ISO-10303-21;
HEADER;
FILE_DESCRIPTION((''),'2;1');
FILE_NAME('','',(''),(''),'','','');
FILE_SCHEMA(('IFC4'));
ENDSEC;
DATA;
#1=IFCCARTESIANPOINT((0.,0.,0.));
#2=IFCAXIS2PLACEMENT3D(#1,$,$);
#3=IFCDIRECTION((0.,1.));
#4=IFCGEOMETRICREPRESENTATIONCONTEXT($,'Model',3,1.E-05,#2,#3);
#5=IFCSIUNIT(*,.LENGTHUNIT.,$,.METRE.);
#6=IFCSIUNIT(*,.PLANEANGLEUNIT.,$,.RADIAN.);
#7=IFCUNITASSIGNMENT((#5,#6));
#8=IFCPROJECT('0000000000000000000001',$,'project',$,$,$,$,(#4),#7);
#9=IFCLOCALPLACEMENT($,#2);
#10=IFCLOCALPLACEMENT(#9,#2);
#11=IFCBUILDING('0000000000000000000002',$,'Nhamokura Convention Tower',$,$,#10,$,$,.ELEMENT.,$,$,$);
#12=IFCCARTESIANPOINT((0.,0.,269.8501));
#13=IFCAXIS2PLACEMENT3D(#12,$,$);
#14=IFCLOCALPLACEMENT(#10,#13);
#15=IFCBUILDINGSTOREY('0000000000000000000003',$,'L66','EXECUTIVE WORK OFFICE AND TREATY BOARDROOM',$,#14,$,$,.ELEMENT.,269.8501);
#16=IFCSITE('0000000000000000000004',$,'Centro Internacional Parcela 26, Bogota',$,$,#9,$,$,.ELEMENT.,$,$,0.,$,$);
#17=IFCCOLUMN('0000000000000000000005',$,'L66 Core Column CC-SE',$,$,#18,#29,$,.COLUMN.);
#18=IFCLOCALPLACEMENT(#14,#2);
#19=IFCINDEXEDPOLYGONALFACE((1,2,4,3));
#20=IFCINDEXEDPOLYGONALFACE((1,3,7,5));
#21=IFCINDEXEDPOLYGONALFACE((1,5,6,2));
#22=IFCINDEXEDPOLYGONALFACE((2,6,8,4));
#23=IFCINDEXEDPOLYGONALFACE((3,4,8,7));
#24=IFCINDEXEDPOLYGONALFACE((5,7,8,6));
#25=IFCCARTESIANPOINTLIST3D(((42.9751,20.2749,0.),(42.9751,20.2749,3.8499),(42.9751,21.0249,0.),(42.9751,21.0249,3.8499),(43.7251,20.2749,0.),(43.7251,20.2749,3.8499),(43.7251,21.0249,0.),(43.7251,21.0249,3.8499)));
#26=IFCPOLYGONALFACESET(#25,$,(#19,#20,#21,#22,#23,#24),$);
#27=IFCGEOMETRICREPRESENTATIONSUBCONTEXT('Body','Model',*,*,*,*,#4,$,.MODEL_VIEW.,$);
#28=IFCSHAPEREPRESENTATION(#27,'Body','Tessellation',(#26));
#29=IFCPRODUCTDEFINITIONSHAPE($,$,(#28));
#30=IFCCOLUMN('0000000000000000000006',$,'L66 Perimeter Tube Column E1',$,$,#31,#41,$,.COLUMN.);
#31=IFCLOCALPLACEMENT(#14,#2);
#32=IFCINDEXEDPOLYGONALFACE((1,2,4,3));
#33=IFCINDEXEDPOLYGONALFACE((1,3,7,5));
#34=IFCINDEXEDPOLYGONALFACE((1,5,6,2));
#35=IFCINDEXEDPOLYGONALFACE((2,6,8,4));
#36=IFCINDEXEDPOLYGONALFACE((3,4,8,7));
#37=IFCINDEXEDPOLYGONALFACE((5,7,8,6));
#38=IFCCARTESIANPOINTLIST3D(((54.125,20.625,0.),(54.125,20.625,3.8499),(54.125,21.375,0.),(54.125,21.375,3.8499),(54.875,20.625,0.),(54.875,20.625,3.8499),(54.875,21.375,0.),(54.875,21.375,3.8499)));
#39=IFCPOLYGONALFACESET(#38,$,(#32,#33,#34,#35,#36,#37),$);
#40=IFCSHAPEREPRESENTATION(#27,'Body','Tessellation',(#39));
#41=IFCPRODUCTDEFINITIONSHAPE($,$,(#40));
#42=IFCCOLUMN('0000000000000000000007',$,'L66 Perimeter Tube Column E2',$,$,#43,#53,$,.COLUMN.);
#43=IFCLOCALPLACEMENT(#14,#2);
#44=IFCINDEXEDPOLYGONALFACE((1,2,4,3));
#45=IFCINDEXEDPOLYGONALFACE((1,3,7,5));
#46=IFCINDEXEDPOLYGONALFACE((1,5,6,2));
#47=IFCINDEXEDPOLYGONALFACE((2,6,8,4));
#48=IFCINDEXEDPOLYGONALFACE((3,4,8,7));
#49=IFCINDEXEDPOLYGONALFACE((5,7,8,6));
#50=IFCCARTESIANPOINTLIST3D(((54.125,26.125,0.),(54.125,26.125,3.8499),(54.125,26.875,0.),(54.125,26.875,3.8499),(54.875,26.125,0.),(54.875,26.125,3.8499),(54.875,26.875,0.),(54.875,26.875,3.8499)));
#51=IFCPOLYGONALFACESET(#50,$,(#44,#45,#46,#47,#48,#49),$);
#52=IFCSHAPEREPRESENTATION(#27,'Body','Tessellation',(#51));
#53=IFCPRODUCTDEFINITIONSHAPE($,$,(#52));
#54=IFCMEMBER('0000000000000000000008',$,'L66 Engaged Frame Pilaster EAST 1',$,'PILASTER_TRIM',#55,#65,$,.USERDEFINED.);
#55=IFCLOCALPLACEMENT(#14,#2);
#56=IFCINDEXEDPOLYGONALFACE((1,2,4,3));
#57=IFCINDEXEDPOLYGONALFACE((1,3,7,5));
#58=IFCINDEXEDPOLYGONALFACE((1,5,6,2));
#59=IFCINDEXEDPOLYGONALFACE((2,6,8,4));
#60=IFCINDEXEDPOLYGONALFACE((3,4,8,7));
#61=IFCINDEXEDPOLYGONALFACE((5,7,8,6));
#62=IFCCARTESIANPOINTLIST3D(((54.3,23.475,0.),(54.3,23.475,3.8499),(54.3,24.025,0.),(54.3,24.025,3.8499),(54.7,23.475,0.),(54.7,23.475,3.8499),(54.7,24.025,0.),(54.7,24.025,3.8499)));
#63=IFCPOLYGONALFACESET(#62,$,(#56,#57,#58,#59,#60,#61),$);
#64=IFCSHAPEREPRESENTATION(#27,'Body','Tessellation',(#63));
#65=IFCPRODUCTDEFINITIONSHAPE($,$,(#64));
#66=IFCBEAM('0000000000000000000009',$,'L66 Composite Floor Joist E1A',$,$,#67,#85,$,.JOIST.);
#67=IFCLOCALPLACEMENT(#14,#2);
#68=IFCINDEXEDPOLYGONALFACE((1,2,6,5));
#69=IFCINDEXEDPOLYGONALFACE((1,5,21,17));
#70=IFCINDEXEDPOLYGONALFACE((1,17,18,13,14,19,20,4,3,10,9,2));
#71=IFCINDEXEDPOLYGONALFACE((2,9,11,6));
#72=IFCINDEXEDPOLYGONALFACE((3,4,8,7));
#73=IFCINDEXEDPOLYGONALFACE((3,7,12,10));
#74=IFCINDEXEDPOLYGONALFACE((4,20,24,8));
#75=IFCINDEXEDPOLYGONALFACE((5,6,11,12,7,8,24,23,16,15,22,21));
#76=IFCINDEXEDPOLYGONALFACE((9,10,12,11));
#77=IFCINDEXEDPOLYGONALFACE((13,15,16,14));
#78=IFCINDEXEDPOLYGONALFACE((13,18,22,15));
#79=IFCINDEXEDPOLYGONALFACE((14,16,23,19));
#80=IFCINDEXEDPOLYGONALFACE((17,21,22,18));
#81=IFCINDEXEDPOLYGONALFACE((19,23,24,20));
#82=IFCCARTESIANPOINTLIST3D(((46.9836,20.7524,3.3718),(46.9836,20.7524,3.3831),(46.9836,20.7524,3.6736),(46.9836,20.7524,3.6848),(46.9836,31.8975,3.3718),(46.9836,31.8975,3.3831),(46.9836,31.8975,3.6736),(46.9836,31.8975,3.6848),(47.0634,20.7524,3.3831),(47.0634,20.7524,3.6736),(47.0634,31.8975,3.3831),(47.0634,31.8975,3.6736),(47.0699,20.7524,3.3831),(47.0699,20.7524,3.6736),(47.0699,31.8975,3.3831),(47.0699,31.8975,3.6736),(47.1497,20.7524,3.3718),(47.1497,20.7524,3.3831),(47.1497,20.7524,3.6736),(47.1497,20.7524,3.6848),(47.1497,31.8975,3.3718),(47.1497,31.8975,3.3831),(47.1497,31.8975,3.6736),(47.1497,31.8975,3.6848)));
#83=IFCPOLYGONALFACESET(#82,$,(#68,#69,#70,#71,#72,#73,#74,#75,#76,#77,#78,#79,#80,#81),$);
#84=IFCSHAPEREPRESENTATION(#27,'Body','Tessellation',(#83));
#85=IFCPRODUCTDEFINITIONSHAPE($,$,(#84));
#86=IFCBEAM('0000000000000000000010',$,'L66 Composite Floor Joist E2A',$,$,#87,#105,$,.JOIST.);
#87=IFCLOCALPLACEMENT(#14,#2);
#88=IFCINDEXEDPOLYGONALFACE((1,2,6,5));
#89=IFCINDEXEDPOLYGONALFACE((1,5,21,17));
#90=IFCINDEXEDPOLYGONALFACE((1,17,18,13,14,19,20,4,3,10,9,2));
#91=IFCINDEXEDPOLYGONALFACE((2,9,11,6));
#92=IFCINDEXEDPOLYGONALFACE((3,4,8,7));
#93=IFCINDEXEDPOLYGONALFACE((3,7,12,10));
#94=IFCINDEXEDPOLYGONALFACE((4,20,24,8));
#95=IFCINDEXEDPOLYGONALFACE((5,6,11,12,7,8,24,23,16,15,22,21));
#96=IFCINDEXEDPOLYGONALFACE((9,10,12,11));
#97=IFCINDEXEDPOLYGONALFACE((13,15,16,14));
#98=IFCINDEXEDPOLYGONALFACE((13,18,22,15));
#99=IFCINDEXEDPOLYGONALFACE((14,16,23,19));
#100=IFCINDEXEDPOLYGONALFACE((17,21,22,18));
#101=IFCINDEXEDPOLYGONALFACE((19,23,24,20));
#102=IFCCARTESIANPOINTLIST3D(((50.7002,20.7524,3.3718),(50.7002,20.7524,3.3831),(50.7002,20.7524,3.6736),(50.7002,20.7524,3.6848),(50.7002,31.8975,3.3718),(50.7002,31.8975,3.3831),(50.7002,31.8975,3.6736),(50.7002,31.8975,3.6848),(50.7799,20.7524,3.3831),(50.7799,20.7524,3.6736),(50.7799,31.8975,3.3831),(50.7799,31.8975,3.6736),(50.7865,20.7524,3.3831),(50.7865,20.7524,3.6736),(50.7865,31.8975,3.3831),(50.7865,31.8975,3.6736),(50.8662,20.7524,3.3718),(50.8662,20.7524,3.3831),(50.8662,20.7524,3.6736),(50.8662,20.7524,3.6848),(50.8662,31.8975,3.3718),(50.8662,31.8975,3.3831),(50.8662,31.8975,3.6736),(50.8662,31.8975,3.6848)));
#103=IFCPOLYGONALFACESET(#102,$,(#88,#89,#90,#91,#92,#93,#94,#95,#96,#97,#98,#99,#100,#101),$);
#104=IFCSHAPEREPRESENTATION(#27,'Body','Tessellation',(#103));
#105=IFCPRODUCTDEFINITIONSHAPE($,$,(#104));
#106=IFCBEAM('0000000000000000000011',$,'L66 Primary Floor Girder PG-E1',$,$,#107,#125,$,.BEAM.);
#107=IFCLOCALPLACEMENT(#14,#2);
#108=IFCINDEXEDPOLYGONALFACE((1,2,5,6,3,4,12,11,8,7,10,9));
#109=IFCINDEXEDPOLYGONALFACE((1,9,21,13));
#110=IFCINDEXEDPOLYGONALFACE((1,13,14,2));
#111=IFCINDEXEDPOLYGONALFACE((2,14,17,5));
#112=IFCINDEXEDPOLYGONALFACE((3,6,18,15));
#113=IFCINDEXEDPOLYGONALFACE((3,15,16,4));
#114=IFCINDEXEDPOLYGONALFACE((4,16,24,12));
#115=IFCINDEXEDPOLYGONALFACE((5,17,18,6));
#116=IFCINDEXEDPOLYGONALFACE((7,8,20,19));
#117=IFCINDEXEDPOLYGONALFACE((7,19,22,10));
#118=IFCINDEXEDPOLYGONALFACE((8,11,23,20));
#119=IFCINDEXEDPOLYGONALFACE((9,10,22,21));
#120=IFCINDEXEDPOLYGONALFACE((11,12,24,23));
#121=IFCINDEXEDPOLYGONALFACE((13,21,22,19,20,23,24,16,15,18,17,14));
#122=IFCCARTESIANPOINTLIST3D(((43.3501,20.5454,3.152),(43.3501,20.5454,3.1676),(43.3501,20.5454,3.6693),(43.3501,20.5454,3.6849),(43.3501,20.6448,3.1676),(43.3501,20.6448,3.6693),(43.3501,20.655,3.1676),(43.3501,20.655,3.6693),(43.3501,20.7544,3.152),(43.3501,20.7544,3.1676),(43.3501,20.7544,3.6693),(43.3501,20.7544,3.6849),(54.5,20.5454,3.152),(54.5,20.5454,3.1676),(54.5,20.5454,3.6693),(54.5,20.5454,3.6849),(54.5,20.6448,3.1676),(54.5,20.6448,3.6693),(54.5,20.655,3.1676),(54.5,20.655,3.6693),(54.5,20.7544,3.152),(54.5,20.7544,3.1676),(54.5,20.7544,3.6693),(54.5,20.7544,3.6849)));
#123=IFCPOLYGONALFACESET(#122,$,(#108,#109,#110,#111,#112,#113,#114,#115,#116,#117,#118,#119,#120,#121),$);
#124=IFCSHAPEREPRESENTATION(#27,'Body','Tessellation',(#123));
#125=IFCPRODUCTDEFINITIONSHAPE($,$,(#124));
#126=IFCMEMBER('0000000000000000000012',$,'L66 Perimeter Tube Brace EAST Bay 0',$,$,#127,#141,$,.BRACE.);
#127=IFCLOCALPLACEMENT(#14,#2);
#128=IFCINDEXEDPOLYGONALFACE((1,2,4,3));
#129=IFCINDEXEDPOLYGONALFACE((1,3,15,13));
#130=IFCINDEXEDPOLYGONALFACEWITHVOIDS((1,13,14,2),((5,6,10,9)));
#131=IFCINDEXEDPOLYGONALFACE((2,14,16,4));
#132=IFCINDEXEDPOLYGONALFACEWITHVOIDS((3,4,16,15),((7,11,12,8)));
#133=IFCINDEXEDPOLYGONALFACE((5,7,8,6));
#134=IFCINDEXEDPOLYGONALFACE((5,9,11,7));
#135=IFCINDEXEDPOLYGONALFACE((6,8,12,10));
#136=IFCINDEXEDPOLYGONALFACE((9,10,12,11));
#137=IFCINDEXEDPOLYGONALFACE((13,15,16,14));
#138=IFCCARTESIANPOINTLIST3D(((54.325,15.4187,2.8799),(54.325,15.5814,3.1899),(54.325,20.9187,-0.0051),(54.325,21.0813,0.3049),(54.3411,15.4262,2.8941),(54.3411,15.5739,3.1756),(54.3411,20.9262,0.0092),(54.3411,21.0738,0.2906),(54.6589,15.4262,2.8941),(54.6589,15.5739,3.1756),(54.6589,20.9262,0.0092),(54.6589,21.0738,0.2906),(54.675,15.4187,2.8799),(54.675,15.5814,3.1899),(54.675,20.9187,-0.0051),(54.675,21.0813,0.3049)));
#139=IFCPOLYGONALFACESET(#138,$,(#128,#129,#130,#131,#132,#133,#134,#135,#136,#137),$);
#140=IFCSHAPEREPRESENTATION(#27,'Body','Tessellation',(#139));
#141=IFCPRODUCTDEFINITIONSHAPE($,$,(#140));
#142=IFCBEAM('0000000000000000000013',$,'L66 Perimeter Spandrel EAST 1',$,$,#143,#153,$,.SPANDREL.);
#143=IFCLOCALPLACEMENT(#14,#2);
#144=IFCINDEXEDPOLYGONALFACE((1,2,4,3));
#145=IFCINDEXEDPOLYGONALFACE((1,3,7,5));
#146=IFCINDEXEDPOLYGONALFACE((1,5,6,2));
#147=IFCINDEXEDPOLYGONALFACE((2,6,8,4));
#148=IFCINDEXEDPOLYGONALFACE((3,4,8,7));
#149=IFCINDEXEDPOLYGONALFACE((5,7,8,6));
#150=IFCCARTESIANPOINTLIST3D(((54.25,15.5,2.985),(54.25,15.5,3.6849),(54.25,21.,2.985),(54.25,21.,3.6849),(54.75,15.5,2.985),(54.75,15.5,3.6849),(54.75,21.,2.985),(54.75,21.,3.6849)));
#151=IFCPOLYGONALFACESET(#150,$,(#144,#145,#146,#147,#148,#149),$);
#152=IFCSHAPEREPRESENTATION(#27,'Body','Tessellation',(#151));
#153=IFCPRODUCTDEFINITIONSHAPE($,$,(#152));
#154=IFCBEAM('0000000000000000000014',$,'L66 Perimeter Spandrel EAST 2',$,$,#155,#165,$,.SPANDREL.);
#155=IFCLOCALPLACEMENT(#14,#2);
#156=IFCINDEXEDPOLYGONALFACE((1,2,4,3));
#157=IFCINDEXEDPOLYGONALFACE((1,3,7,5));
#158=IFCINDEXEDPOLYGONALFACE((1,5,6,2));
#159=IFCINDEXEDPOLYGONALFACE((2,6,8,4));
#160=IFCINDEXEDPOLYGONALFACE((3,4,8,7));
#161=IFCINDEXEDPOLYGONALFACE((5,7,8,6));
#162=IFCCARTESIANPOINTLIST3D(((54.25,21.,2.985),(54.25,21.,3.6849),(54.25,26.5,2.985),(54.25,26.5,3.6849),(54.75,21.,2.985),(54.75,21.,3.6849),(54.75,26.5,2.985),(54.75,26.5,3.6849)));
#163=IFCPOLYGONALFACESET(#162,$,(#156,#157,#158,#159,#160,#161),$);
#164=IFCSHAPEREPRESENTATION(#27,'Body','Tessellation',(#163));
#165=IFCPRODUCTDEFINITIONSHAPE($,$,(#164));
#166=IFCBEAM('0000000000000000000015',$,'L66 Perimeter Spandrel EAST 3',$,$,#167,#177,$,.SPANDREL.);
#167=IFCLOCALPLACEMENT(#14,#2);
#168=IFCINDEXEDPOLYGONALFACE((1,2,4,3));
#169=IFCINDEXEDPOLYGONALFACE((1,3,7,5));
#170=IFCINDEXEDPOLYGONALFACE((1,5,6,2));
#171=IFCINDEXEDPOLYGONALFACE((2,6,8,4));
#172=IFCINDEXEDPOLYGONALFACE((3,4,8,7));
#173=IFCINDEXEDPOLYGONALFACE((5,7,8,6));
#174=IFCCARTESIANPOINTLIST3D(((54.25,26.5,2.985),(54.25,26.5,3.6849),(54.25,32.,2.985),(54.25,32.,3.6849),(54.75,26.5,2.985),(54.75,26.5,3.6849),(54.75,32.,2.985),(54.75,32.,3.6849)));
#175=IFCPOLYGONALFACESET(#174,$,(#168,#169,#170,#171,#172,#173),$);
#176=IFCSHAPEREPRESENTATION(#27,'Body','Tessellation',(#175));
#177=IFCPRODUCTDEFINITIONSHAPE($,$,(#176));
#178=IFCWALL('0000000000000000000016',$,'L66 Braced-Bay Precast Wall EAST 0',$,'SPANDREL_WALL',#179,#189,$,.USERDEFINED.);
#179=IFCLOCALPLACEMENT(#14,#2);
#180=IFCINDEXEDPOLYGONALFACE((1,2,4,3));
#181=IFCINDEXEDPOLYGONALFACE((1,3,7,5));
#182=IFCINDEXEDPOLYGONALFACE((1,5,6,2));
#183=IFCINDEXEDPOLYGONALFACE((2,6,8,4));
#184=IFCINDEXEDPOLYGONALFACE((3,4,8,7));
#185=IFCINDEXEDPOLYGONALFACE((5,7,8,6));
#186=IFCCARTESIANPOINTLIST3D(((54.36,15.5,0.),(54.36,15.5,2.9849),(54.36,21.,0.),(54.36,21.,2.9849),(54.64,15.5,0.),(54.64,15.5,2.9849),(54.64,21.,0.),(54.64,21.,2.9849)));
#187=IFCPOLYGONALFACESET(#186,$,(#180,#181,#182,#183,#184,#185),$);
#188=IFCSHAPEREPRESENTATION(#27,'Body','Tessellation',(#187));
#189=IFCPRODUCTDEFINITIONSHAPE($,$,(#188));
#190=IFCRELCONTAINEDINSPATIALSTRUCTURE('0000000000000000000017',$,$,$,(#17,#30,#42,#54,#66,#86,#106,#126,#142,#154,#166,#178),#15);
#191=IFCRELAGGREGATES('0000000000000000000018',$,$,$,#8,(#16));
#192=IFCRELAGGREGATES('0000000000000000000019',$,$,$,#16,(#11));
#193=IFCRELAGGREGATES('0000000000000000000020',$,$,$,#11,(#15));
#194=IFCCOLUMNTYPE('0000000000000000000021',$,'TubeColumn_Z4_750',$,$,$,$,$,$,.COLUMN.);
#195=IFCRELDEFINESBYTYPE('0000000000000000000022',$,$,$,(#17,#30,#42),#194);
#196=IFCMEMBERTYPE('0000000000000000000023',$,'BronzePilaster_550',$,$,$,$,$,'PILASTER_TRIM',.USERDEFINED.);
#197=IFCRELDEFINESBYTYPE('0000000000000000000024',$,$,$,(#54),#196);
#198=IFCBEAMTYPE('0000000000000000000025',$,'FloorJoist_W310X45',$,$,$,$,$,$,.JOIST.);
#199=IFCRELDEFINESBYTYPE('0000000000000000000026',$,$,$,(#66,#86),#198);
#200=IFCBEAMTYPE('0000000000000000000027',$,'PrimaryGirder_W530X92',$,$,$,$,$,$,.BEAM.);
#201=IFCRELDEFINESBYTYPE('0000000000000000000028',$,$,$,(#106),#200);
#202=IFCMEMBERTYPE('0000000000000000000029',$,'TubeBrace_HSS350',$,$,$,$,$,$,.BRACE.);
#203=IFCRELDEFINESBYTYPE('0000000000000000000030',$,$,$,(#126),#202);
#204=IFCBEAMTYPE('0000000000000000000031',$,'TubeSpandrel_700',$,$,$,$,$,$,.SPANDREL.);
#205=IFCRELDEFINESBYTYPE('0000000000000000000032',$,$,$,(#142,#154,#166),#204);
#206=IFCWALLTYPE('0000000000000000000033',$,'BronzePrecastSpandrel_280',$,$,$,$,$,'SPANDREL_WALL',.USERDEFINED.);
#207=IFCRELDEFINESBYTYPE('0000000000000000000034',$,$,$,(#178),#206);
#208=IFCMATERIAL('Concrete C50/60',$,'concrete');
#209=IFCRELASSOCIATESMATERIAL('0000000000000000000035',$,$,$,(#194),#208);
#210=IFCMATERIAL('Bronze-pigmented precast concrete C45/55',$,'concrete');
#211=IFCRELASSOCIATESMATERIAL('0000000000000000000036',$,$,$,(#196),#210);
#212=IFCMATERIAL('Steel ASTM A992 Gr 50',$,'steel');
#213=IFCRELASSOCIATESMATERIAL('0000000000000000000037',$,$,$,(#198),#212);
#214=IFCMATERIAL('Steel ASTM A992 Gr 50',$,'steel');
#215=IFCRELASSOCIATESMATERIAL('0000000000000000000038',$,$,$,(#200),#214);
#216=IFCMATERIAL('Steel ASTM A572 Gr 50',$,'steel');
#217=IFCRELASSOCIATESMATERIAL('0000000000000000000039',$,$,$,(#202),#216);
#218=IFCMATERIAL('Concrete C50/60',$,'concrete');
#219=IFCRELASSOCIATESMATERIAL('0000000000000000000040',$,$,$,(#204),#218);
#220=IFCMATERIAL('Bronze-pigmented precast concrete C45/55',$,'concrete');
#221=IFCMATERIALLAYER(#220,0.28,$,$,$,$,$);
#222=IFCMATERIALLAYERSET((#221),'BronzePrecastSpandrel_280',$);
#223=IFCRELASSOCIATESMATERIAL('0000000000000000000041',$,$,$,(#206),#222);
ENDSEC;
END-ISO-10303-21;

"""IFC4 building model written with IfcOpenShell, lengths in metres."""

from ifc_helpers import new_model, si_unit, direction, frame, frame_2d, origin, origin_2d, place, context, subcontext, project, spatial, rectangle, hollow_rectangle, i_section, extrude, material, layer, layer_set, material_profile, profile_set, type_object, element, save


model = new_model("IFC4")

# Units and contexts
model_context = context("Model", 3, precision=1e-05, world=origin(), true_north=direction((0.0, 1.0)))
body_context = subcontext(model_context, "Body", "Model", "MODEL_VIEW")
ifc_project = project(units=[si_unit("LENGTHUNIT", "METRE"), si_unit("PLANEANGLEUNIT", "RADIAN")], contexts=[model_context])

# Site, building, storey
site_placement = place(None, origin())
site = spatial("IfcSite", under=ifc_project, at=site_placement, Name="Centro Internacional Parcela 26, Bogota", CompositionType="ELEMENT", RefElevation=0.0)
building_placement = place(site_placement, origin())
building = spatial("IfcBuilding", under=site, at=building_placement, Name="Nhamokura Convention Tower", CompositionType="ELEMENT")
storey_placement = place(building_placement, frame((0.0, 0.0, 269.8501)))
storey = spatial("IfcBuildingStorey", under=building, at=storey_placement, Name="L66", Description="EXECUTIVE WORK OFFICE AND TREATY BOARDROOM", CompositionType="ELEMENT", Elevation=269.8501)

# Columns
ifc_material_1 = material(Name="Concrete C50/60", Category="concrete")
ifc_material_profile_1 = material_profile(ifc_material_1, rectangle(XDim=0.75, YDim=0.75, at=origin_2d()))
ifc_profile_set_1 = profile_set([ifc_material_profile_1], Name="Concrete C50/60")
column_type = type_object("IfcColumnType", Name="TubeColumn_Z4_750", PredefinedType="COLUMN", material=ifc_profile_set_1)
for number, where, z_axis, x_axis, name in (
    (1, (43.3501, 20.6499, 0.0), (0.0, 0.0, 1.0), (1.0, 0.0, 0.0), "L66 Core Column CC-SE"),
    (2, (54.5, 21.0, 0.0), (0.0, 0.0, 1.0), (1.0, 0.0, 0.0), "L66 Perimeter Tube Column E1"),
    (3, (54.5, 26.5, 0.0), (0.0, 0.0, 1.0), (1.0, 0.0, 0.0), "L66 Perimeter Tube Column E2"),
):
    element("IfcColumn", number, at=place(storey_placement, frame(where, z_axis=z_axis, x_axis=x_axis)), inside=storey, type_object=column_type, Name=name, PredefinedType="COLUMN", context=body_context, shape_type="SweptSolid", body=[
        extrude(rectangle(XDim=0.75, YDim=0.75, at=origin_2d()), origin(), (0.0, 0.0, 1.0), 3.8499),
    ])

# Member
ifc_material_2 = material(Name="Bronze-pigmented precast concrete C45/55", Category="concrete")
ifc_material_profile_2 = material_profile(ifc_material_2, rectangle(XDim=0.3999, YDim=0.55, at=origin_2d()))
ifc_profile_set_2 = profile_set([ifc_material_profile_2], Name="Bronze-pigmented precast concrete C45/55")
member_type_1 = type_object("IfcMemberType", Name="BronzePilaster_550", ElementType="PILASTER_TRIM", PredefinedType="USERDEFINED", material=ifc_profile_set_2)
member_1_placement = place(storey_placement, frame((54.5, 23.75, 0.0), z_axis=(0.0, 0.0, 1.0), x_axis=(1.0, 0.0, 0.0)))
element("IfcMember", 4, at=member_1_placement, inside=storey, type_object=member_type_1, Name="L66 Engaged Frame Pilaster EAST 1", ObjectType="PILASTER_TRIM", PredefinedType="USERDEFINED", context=body_context, shape_type="SweptSolid", body=[
    extrude(rectangle(XDim=0.3999, YDim=0.55, at=origin_2d()), origin(), (0.0, 0.0, 1.0), 3.8499),
])

# Beams
ifc_material_3 = material(Name="Steel ASTM A992 Gr 50", Category="steel")
ifc_material_profile_3 = material_profile(ifc_material_3, i_section(OverallWidth=0.166, OverallDepth=0.313, WebThickness=0.0066, FlangeThickness=0.0112, at=origin_2d()))
ifc_profile_set_3 = profile_set([ifc_material_profile_3], Name="Steel ASTM A992 Gr 50")
beam_type_1 = type_object("IfcBeamType", Name="FloorJoist_W310X45", PredefinedType="JOIST", material=ifc_profile_set_3)
for number, where, z_axis, x_axis, name in (
    (5, (47.0667, 20.7524, 3.5283), (0.0, 1.0, 0.0), (-1.0, 0.0, 0.0), "L66 Composite Floor Joist E1A"),
    (6, (50.7832, 20.7524, 3.5283), (0.0, 1.0, 0.0), (-1.0, 0.0, 0.0), "L66 Composite Floor Joist E2A"),
):
    element("IfcBeam", number, at=place(storey_placement, frame(where, z_axis=z_axis, x_axis=x_axis)), inside=storey, type_object=beam_type_1, Name=name, PredefinedType="JOIST", context=body_context, shape_type="SweptSolid", body=[
        extrude(i_section(OverallWidth=0.166, OverallDepth=0.313, WebThickness=0.0066, FlangeThickness=0.0112, at=origin_2d()), origin(), (0.0, 0.0, 1.0), 11.145),
    ])
ifc_material_4 = material(Name="Steel ASTM A992 Gr 50", Category="steel")
ifc_material_profile_4 = material_profile(ifc_material_4, i_section(OverallWidth=0.209, OverallDepth=0.533, WebThickness=0.0103, FlangeThickness=0.0156, at=origin_2d()))
ifc_profile_set_4 = profile_set([ifc_material_profile_4], Name="Steel ASTM A992 Gr 50")
beam_type_2 = type_object("IfcBeamType", Name="PrimaryGirder_W530X92", PredefinedType="BEAM", material=ifc_profile_set_4)
beam_placement = place(storey_placement, frame((43.3501, 20.6499, 3.4185), z_axis=(1.0, 0.0, 0.0), x_axis=(0.0, 1.0, 0.0)))
element("IfcBeam", 7, at=beam_placement, inside=storey, type_object=beam_type_2, Name="L66 Primary Floor Girder PG-E1", PredefinedType="BEAM", context=body_context, shape_type="SweptSolid", body=[
    extrude(i_section(OverallWidth=0.209, OverallDepth=0.533, WebThickness=0.0103, FlangeThickness=0.0156, at=origin_2d()), origin(), (0.0, 0.0, 1.0), 11.1499),
])

# Member
ifc_material_5 = material(Name="Steel ASTM A572 Gr 50", Category="steel")
ifc_material_profile_5 = material_profile(ifc_material_5, hollow_rectangle(XDim=0.3501, YDim=0.3501, WallThickness=0.0161, at=origin_2d()))
ifc_profile_set_5 = profile_set([ifc_material_profile_5], Name="Steel ASTM A572 Gr 50")
member_type_2 = type_object("IfcMemberType", Name="TubeBrace_HSS350", PredefinedType="BRACE", material=ifc_profile_set_5)
member_2_placement = place(storey_placement, frame((54.5, 21.0, 0.1499), z_axis=(0.0, -0.885563, 0.46452), x_axis=(1.0, 0.0, 0.0)))
element("IfcMember", 8, at=member_2_placement, inside=storey, type_object=member_type_2, Name="L66 Perimeter Tube Brace EAST Bay 0", PredefinedType="BRACE", context=body_context, shape_type="SweptSolid", body=[
    extrude(hollow_rectangle(XDim=0.3501, YDim=0.3501, WallThickness=0.0161, at=origin_2d()), origin(), (0.0, 0.0, 1.0), 6.2107),
])

# Beams
ifc_material_6 = material(Name="Concrete C50/60", Category="concrete")
ifc_material_profile_6 = material_profile(ifc_material_6, rectangle(XDim=0.5, YDim=0.7, at=origin_2d()))
ifc_profile_set_6 = profile_set([ifc_material_profile_6], Name="Concrete C50/60")
beam_type_3 = type_object("IfcBeamType", Name="TubeSpandrel_700", PredefinedType="SPANDREL", material=ifc_profile_set_6)
for number, where, z_axis, x_axis, name in (
    (9, (54.5, 15.5, 3.335), (0.0, 1.0, 0.0), (-1.0, 0.0, 0.0), "L66 Perimeter Spandrel EAST 1"),
    (10, (54.5, 21.0, 3.335), (0.0, 1.0, 0.0), (-1.0, 0.0, 0.0), "L66 Perimeter Spandrel EAST 2"),
    (11, (54.5, 26.5, 3.335), (0.0, 1.0, 0.0), (-1.0, 0.0, 0.0), "L66 Perimeter Spandrel EAST 3"),
):
    element("IfcBeam", number, at=place(storey_placement, frame(where, z_axis=z_axis, x_axis=x_axis)), inside=storey, type_object=beam_type_3, Name=name, PredefinedType="SPANDREL", context=body_context, shape_type="SweptSolid", body=[
        extrude(rectangle(XDim=0.5, YDim=0.7, at=origin_2d()), origin(), (0.0, 0.0, 1.0), 5.5),
    ])

# Wall
ifc_material_7 = material(Name="Bronze-pigmented precast concrete C45/55", Category="concrete")
ifc_layer_1 = layer(ifc_material_7, 0.28)
ifc_layer_set_1 = layer_set([ifc_layer_1], Name="BronzePrecastSpandrel_280")
wall_type_1 = type_object("IfcWallType", Name="BronzePrecastSpandrel_280", ElementType="SPANDREL_WALL", PredefinedType="USERDEFINED", material=ifc_layer_set_1)
wall_1_placement = place(storey_placement, frame((54.5, 21.0, 0.0), z_axis=(0.0, 0.0, 1.0), x_axis=(0.0, -1.0, 0.0)))
element("IfcWall", 12, at=wall_1_placement, inside=storey, type_object=wall_type_1, Name="L66 Braced-Bay Precast Wall EAST 0", ObjectType="SPANDREL_WALL", PredefinedType="USERDEFINED", context=body_context, shape_type="SweptSolid", body=[
    extrude(rectangle(XDim=5.5, YDim=0.28, at=frame_2d((2.75, 0.0))), origin(), (0.0, 0.0, 1.0), 2.9849),
])

save(model, "model.ifc")
